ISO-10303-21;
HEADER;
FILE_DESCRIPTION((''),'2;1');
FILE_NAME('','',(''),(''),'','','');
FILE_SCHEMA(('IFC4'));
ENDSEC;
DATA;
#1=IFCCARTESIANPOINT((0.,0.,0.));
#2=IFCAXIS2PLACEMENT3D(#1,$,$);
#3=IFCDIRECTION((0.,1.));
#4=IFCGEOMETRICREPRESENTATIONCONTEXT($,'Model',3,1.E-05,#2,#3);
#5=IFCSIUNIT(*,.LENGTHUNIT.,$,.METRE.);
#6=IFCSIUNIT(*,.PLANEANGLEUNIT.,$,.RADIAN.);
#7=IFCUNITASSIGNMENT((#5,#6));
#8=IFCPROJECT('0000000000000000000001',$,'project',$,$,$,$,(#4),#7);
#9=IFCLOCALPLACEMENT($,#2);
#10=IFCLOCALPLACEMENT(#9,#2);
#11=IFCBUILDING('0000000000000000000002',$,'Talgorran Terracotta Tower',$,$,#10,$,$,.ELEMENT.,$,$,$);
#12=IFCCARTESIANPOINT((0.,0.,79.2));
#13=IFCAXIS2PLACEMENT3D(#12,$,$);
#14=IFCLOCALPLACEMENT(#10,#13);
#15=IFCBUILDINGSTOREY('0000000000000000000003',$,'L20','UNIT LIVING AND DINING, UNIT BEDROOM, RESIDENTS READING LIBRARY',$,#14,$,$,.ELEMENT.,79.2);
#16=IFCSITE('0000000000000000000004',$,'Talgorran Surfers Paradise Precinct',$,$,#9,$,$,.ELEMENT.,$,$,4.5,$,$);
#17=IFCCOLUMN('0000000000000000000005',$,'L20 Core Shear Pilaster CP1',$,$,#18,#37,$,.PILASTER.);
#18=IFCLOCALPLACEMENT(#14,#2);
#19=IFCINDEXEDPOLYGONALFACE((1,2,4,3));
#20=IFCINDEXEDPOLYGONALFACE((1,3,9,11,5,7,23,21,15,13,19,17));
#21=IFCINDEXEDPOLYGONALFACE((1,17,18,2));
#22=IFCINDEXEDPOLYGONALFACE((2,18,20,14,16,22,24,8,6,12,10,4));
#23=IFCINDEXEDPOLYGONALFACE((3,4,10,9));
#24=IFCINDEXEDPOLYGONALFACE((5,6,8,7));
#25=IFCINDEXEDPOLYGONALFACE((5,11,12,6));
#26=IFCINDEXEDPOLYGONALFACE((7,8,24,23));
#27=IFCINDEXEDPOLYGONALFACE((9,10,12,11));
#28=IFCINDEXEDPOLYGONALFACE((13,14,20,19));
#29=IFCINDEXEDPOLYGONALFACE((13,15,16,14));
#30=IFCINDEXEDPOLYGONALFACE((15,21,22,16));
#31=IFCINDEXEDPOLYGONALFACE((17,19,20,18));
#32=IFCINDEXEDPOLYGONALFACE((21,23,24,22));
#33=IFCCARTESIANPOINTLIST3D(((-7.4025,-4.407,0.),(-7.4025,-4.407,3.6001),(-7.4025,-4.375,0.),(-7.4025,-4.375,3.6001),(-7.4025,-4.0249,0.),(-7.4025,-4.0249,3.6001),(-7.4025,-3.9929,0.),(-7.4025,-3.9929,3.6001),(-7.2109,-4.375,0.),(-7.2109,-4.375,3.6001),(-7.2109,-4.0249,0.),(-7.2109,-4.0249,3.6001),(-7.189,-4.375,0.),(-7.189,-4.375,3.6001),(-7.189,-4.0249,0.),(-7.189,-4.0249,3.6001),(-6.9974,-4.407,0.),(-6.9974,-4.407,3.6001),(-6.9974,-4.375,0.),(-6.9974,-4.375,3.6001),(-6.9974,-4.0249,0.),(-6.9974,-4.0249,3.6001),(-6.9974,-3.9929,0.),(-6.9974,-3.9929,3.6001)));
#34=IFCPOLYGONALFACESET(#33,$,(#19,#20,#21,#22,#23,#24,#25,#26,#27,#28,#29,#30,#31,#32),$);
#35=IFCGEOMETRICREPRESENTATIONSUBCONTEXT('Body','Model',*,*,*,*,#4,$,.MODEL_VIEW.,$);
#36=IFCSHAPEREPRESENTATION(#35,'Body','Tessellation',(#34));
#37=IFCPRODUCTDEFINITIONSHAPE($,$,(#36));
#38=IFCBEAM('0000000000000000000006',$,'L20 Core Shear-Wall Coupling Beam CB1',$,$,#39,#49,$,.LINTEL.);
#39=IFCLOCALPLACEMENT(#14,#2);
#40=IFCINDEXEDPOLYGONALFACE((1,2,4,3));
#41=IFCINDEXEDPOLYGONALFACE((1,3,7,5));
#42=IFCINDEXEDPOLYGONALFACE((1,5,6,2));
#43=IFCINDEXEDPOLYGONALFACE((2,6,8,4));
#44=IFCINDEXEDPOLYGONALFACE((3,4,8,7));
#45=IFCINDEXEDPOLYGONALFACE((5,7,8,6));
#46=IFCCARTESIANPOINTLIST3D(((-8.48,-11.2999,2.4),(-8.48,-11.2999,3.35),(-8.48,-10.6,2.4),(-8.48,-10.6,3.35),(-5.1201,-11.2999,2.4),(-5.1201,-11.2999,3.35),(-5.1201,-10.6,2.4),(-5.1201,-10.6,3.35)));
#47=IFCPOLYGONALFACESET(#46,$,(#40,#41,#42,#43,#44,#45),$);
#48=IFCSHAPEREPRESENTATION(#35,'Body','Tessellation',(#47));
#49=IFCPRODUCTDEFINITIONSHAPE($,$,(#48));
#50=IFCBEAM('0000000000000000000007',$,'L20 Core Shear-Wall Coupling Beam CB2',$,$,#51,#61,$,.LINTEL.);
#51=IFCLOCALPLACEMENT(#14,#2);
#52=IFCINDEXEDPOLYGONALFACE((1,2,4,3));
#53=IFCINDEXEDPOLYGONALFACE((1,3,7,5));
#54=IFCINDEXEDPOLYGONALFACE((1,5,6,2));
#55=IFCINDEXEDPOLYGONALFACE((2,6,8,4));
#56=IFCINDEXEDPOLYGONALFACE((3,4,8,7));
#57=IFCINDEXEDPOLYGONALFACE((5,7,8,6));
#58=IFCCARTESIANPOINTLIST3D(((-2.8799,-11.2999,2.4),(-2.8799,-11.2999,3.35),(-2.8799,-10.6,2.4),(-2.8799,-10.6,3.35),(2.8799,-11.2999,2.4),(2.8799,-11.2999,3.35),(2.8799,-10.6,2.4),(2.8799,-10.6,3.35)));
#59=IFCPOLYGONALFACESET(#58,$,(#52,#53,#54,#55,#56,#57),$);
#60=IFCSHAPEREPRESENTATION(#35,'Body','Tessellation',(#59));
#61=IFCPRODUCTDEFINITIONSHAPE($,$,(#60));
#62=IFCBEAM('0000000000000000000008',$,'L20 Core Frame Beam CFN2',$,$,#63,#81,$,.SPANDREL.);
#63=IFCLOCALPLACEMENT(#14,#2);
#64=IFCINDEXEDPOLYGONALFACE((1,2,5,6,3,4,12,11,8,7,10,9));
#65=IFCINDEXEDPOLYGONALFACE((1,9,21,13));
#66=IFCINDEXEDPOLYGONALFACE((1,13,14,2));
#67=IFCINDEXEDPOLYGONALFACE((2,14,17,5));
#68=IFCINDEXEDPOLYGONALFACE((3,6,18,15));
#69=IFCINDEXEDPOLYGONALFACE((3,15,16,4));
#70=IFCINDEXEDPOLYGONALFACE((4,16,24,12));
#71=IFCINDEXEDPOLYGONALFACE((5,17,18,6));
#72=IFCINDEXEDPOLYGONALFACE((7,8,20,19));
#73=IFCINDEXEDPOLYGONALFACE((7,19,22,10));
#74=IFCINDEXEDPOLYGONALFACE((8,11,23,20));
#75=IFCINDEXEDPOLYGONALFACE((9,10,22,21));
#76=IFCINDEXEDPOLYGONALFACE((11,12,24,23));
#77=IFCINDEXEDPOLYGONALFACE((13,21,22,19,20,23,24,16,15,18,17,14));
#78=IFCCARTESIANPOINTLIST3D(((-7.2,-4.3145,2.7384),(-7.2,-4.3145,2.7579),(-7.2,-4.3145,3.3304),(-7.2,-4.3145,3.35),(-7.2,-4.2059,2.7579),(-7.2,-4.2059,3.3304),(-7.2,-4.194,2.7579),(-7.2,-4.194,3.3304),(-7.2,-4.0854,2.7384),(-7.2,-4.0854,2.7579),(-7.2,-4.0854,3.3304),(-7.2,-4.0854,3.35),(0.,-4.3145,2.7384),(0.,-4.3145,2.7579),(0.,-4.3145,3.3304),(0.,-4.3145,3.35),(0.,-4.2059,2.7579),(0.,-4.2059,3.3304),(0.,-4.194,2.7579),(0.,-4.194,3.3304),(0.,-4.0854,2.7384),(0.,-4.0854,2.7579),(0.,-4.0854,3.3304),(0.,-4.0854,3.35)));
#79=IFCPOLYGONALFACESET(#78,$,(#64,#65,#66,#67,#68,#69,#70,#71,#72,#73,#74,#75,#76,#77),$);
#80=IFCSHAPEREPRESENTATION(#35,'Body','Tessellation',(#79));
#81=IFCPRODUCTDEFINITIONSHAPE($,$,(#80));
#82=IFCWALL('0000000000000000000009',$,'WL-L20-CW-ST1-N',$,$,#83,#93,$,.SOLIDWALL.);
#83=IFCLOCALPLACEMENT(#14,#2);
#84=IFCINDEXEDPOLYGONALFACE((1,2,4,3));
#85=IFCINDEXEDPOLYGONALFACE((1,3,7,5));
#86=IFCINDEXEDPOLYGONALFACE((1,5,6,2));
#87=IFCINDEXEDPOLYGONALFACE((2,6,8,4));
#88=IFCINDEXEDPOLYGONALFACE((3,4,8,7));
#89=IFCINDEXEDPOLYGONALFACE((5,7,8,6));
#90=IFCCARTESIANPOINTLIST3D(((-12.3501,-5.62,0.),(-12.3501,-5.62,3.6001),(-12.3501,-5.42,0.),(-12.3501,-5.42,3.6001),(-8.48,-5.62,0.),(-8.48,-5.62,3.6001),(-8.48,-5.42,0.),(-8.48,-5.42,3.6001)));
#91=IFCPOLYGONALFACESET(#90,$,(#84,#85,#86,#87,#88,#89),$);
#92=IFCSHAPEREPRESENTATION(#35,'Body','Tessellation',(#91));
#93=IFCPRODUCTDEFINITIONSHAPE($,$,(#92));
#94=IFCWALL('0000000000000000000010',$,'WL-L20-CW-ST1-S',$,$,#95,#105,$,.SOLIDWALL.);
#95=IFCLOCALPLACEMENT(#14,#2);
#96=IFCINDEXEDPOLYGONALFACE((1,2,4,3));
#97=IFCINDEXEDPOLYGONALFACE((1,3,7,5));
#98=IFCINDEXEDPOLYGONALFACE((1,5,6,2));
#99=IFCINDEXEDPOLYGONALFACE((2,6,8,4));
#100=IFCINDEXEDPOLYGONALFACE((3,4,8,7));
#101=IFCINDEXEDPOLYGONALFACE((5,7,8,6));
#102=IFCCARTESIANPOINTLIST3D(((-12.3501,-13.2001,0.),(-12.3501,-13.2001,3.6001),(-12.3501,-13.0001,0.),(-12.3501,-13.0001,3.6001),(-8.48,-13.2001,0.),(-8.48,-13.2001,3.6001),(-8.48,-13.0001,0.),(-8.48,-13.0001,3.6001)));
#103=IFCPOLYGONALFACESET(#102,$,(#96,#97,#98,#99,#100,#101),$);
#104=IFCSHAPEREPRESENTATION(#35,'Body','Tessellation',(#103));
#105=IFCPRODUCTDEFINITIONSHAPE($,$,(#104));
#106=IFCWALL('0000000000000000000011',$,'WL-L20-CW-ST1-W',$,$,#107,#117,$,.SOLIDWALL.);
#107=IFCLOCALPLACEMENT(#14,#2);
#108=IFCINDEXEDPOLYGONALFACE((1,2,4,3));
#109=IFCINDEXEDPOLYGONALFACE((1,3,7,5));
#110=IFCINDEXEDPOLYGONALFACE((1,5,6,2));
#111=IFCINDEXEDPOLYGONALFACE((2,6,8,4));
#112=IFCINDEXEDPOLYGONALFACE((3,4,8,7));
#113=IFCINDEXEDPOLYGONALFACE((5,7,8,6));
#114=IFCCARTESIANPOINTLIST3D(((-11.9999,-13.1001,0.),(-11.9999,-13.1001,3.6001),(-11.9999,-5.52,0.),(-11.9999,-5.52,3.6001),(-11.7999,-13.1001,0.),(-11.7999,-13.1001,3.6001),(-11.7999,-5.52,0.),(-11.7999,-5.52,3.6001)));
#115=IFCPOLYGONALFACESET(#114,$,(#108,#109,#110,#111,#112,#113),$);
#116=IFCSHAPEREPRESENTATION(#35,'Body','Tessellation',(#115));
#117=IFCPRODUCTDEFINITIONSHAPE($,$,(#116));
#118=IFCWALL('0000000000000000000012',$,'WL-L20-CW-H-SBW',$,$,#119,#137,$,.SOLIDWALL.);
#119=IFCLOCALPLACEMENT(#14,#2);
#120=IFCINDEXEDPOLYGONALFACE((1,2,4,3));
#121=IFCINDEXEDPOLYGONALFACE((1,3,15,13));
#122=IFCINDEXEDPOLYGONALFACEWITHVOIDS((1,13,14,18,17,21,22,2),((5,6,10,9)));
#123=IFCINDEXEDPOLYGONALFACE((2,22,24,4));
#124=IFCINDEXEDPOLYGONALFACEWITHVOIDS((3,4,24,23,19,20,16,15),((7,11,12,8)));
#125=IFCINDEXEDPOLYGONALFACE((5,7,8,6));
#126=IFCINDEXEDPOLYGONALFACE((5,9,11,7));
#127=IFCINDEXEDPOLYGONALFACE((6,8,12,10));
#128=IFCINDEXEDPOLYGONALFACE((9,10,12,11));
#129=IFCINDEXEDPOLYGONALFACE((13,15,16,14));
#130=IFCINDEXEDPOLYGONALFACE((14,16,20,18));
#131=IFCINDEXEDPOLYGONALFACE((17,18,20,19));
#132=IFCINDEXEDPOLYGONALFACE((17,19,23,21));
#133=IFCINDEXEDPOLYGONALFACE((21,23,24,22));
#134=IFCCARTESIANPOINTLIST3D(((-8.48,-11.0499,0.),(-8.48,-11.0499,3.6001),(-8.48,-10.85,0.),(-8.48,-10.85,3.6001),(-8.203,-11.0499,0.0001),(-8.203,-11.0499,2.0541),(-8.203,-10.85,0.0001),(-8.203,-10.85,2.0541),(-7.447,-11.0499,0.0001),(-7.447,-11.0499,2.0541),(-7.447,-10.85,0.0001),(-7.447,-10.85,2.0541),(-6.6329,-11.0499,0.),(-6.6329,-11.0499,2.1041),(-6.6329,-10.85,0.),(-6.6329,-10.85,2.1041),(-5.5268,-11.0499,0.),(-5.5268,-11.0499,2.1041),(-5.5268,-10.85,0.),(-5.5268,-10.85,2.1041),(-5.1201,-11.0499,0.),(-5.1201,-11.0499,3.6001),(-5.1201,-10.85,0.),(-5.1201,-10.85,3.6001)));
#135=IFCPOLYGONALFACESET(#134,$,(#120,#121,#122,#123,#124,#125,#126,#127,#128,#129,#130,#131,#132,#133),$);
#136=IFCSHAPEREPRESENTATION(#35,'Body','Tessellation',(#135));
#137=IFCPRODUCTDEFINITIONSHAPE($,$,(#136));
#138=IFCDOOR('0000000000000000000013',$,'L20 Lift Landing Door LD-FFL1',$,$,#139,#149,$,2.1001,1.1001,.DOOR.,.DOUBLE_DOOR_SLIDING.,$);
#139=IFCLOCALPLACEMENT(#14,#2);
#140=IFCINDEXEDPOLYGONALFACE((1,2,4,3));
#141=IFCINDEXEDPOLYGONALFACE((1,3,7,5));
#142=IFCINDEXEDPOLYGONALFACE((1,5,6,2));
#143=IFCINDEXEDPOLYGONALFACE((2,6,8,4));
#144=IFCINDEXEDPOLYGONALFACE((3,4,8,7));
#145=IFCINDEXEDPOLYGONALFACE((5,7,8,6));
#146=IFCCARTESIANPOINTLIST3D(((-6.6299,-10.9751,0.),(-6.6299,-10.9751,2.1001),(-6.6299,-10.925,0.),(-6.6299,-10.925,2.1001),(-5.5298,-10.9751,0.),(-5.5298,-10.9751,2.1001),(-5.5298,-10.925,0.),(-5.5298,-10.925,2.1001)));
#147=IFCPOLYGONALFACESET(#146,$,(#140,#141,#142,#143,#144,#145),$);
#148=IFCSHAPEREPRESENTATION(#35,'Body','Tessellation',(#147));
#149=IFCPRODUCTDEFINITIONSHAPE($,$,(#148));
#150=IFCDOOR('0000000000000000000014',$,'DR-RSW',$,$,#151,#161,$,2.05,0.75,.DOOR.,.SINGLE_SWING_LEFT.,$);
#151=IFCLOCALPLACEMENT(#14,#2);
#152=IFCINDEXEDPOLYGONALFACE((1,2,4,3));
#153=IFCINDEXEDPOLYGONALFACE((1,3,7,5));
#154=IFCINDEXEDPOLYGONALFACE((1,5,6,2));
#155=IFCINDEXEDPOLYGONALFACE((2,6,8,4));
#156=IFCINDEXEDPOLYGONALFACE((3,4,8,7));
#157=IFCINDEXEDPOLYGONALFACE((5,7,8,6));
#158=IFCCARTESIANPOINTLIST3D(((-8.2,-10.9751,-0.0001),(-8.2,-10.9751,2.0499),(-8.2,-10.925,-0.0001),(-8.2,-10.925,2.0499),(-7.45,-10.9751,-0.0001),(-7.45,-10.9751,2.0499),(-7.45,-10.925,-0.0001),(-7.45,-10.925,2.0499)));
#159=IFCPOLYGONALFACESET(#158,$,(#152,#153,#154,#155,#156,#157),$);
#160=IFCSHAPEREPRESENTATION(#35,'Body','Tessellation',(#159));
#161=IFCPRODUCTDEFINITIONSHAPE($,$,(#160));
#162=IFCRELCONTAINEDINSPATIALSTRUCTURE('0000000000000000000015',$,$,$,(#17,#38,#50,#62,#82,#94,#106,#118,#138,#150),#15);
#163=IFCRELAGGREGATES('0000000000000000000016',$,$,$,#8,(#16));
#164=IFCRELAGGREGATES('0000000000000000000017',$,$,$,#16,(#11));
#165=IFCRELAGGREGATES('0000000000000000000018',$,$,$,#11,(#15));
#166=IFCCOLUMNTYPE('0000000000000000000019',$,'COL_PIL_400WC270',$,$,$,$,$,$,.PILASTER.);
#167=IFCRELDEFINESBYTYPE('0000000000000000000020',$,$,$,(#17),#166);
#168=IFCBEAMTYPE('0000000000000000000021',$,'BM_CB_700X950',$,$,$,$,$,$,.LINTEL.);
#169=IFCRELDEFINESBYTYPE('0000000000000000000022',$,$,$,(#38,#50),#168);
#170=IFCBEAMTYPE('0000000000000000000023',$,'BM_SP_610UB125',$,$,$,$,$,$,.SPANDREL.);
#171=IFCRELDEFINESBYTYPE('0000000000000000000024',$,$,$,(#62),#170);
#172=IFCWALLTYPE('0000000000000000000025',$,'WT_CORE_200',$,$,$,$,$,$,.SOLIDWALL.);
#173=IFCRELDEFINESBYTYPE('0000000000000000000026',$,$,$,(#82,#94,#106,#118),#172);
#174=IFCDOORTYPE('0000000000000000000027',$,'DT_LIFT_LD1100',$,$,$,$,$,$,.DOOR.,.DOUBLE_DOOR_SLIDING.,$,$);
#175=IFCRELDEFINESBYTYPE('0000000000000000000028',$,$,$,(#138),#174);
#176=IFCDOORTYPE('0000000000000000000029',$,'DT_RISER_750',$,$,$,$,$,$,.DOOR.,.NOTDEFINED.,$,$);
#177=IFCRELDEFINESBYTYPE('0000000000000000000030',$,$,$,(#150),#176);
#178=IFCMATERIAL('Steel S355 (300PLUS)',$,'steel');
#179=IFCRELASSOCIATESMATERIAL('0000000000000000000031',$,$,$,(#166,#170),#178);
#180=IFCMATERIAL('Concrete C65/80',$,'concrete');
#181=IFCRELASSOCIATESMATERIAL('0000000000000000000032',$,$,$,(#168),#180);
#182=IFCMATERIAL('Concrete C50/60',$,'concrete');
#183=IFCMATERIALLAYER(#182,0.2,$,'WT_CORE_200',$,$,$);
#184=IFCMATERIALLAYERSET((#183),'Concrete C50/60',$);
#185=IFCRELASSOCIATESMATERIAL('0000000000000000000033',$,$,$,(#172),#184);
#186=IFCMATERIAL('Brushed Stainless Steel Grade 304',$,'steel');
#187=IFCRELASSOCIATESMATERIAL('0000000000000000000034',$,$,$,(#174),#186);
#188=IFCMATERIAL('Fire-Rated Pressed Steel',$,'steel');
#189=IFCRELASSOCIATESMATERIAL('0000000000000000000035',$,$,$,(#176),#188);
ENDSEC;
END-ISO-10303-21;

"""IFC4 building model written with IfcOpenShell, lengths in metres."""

from ifc_helpers import new_model, si_unit, direction, frame, frame_2d, origin, origin_2d, place, context, subcontext, project, spatial, rectangle, i_section, extrude, material, layer, layer_set, material_profile, profile_set, type_object, element, fill, save


model = new_model("IFC4")

# Units and contexts
model_context = context("Model", 3, precision=1e-05, world=origin(), true_north=direction((0.0, 1.0)))
body_context = subcontext(model_context, "Body", "Model", "MODEL_VIEW")
ifc_project = project(units=[si_unit("LENGTHUNIT", "METRE"), si_unit("PLANEANGLEUNIT", "RADIAN")], contexts=[model_context])

# Site, building, storey
site_placement = place(None, origin())
site = spatial("IfcSite", under=ifc_project, at=site_placement, Name="Talgorran Surfers Paradise Precinct", CompositionType="ELEMENT", RefElevation=4.5)
building_placement = place(site_placement, origin())
building = spatial("IfcBuilding", under=site, at=building_placement, Name="Talgorran Terracotta Tower", CompositionType="ELEMENT")
storey_placement = place(building_placement, frame((0.0, 0.0, 79.2)))
storey = spatial("IfcBuildingStorey", under=building, at=storey_placement, Name="L20", Description="UNIT LIVING AND DINING, UNIT BEDROOM, RESIDENTS READING LIBRARY", CompositionType="ELEMENT", Elevation=79.2)

# Column
ifc_material_1 = material(Name="Steel S355 (300PLUS)", Category="steel")
ifc_material_profile_1 = material_profile(ifc_material_1, i_section(OverallWidth=0.405, OverallDepth=0.4141, WebThickness=0.022, FlangeThickness=0.032, at=origin_2d()), Name="400WC270")
ifc_profile_set_1 = profile_set([ifc_material_profile_1], Name="Steel S355 (300PLUS)")
column_type = type_object("IfcColumnType", Name="COL_PIL_400WC270", PredefinedType="PILASTER", material=ifc_profile_set_1)
column_placement = place(storey_placement, frame((-7.2, -4.2, 0.0), z_axis=(0.0, 0.0, 1.0), x_axis=(1.0, 0.0, 0.0)))
element("IfcColumn", 1, at=column_placement, inside=storey, type_object=column_type, Name="L20 Core Shear Pilaster CP1", PredefinedType="PILASTER", context=body_context, shape_type="SweptSolid", body=[
    extrude(i_section(OverallWidth=0.405, OverallDepth=0.4141, WebThickness=0.022, FlangeThickness=0.032, at=origin_2d()), origin(), (0.0, 0.0, 1.0), 3.6001),
])

# Beams
ifc_material_2 = material(Name="Concrete C65/80", Category="concrete")
ifc_material_profile_2 = material_profile(ifc_material_2, rectangle(XDim=0.7, YDim=0.95, at=origin_2d()), Name="RCCB700X950")
ifc_profile_set_2 = profile_set([ifc_material_profile_2], Name="Concrete C65/80")
beam_type_1 = type_object("IfcBeamType", Name="BM_CB_700X950", PredefinedType="LINTEL", material=ifc_profile_set_2)
beam_1_placement = place(storey_placement, frame((-8.48, -10.95, 2.875), z_axis=(1.0, 0.0, 0.0), x_axis=(0.0, 1.0, 0.0)))
element("IfcBeam", 2, at=beam_1_placement, inside=storey, type_object=beam_type_1, Name="L20 Core Shear-Wall Coupling Beam CB1", PredefinedType="LINTEL", context=body_context, shape_type="SweptSolid", body=[
    extrude(rectangle(XDim=0.7, YDim=0.95, at=origin_2d()), origin(), (0.0, 0.0, 1.0), 3.3599),
])
beam_2_placement = place(storey_placement, frame((-2.8799, -10.95, 2.875), z_axis=(1.0, 0.0, 0.0), x_axis=(0.0, 1.0, 0.0)))
element("IfcBeam", 3, at=beam_2_placement, inside=storey, type_object=beam_type_1, Name="L20 Core Shear-Wall Coupling Beam CB2", PredefinedType="LINTEL", context=body_context, shape_type="SweptSolid", body=[
    extrude(rectangle(XDim=0.7, YDim=0.95, at=origin_2d()), origin(), (0.0, 0.0, 1.0), 5.7598),
])
ifc_material_profile_3 = material_profile(ifc_material_1, i_section(OverallWidth=0.229, OverallDepth=0.6116, WebThickness=0.012, FlangeThickness=0.0195, at=origin_2d()), Name="610UB125")
ifc_profile_set_3 = profile_set([ifc_material_profile_3], Name="Steel S355 (300PLUS)")
beam_type_2 = type_object("IfcBeamType", Name="BM_SP_610UB125", PredefinedType="SPANDREL", material=ifc_profile_set_3)
beam_3_placement = place(storey_placement, frame((-7.2, -4.2, 3.0442), z_axis=(1.0, 0.0, 0.0), x_axis=(0.0, 1.0, 0.0)))
element("IfcBeam", 4, at=beam_3_placement, inside=storey, type_object=beam_type_2, Name="L20 Core Frame Beam CFN2", PredefinedType="SPANDREL", context=body_context, shape_type="SweptSolid", body=[
    extrude(i_section(OverallWidth=0.229, OverallDepth=0.6116, WebThickness=0.012, FlangeThickness=0.0195, at=origin_2d()), origin(), (0.0, 0.0, 1.0), 7.2),
])

# Walls
ifc_material_3 = material(Name="Concrete C50/60", Category="concrete")
ifc_layer_1 = layer(ifc_material_3, 0.2, Name="WT_CORE_200")
ifc_layer_set_1 = layer_set([ifc_layer_1], Name="Concrete C50/60")
wall_type_1 = type_object("IfcWallType", Name="WT_CORE_200", PredefinedType="SOLIDWALL", material=ifc_layer_set_1)
for number, where, z_axis, x_axis, name in (
    (5, (-12.3501, -5.52, 0.0), (0.0, 0.0, 1.0), (1.0, 0.0, 0.0), "WL-L20-CW-ST1-N"),
    (6, (-12.3501, -13.1001, 0.0), (0.0, 0.0, 1.0), (1.0, 0.0, 0.0), "WL-L20-CW-ST1-S"),
):
    element("IfcWall", number, at=place(storey_placement, frame(where, z_axis=z_axis, x_axis=x_axis)), inside=storey, type_object=wall_type_1, Name=name, PredefinedType="SOLIDWALL", context=body_context, shape_type="SweptSolid", body=[
        extrude(rectangle(XDim=3.8701, YDim=0.2, at=frame_2d((1.9351, 0.0))), origin(), (0.0, 0.0, 1.0), 3.6001),
    ])
wall_1_placement = place(storey_placement, frame((-11.8999, -13.1001, 0.0), z_axis=(0.0, 0.0, 1.0), x_axis=(0.0, 1.0, 0.0)))
element("IfcWall", 7, at=wall_1_placement, inside=storey, type_object=wall_type_1, Name="WL-L20-CW-ST1-W", PredefinedType="SOLIDWALL", context=body_context, shape_type="SweptSolid", body=[
    extrude(rectangle(XDim=7.5801, YDim=0.2, at=frame_2d((3.79, 0.0))), origin(), (0.0, 0.0, 1.0), 3.6001),
])

# Wall, openings, doors
wall_2_placement = place(storey_placement, frame((-8.48, -10.95, 0.0), z_axis=(0.0, 0.0, 1.0), x_axis=(1.0, 0.0, 0.0)))
wall_2 = element("IfcWall", 8, at=wall_2_placement, inside=storey, type_object=wall_type_1, Name="WL-L20-CW-H-SBW", PredefinedType="SOLIDWALL", context=body_context, shape_type="SweptSolid", body=[
    extrude(rectangle(XDim=3.3599, YDim=0.2, at=frame_2d((1.6799, 0.0))), origin(), (0.0, 0.0, 1.0), 3.6001),
])
opening_1_placement = place(wall_2_placement, frame((0.28, 0.0, 0.0)))
opening_1 = element("IfcOpeningElement", 9, at=opening_1_placement, cuts=wall_2, PredefinedType="OPENING", context=body_context, shape_type="SweptSolid", body=[
    extrude(rectangle(XDim=0.756, YDim=2.054, at=frame_2d((0.375, 1.0271))), frame((0.0, 0.1099, 0.0), z_axis=(0.0, -1.0, 0.0), x_axis=(1.0, 0.0, 0.0)), (0.0, 0.0, 1.0), 0.22),
])
opening_2_placement = place(wall_2_placement, frame((1.8501, 0.0, 0.0)))
opening_2 = element("IfcOpeningElement", 10, at=opening_2_placement, cuts=wall_2, PredefinedType="OPENING", context=body_context, shape_type="SweptSolid", body=[
    extrude(rectangle(XDim=1.1061, YDim=2.1041, at=frame_2d((0.55, 1.052))), frame((0.0, 0.1099, 0.0), z_axis=(0.0, -1.0, 0.0), x_axis=(1.0, 0.0, 0.0)), (0.0, 0.0, 1.0), 0.22),
])
ifc_material_4 = material(Name="Brushed Stainless Steel Grade 304", Category="steel")
door_type_1 = type_object("IfcDoorType", Name="DT_LIFT_LD1100", OperationType="DOUBLE_DOOR_SLIDING", PredefinedType="DOOR", material=ifc_material_4)
door_1_placement = place(opening_2_placement, origin())
door_1 = element("IfcDoor", 11, at=door_1_placement, inside=storey, type_object=door_type_1, Name="L20 Lift Landing Door LD-FFL1", OperationType="DOUBLE_DOOR_SLIDING", OverallHeight=2.1001, OverallWidth=1.1001, PredefinedType="DOOR", context=body_context, shape_type="SweptSolid", body=[
    extrude(rectangle(XDim=1.1001, YDim=2.1001, at=frame_2d((0.55, 1.05))), frame((0.0, 0.0249, 0.0), z_axis=(0.0, -1.0, 0.0), x_axis=(1.0, 0.0, 0.0)), (0.0, 0.0, 1.0), 0.05),
])
fill(opening_2, door_1)
ifc_material_5 = material(Name="Fire-Rated Pressed Steel", Category="steel")
door_type_2 = type_object("IfcDoorType", Name="DT_RISER_750", OperationType="NOTDEFINED", PredefinedType="DOOR", material=ifc_material_5)
door_2_placement = place(opening_1_placement, origin())
door_2 = element("IfcDoor", 12, at=door_2_placement, inside=storey, type_object=door_type_2, Name="DR-RSW", OperationType="SINGLE_SWING_LEFT", OverallHeight=2.05, OverallWidth=0.75, PredefinedType="DOOR", context=body_context, shape_type="SweptSolid", body=[
    extrude(rectangle(XDim=0.75, YDim=2.05, at=frame_2d((0.375, 1.0249))), frame((0.0, 0.0249, 0.0), z_axis=(0.0, -1.0, 0.0), x_axis=(1.0, 0.0, 0.0)), (0.0, 0.0, 1.0), 0.05),
])
fill(opening_1, door_2)

save(model, "model.ifc")
